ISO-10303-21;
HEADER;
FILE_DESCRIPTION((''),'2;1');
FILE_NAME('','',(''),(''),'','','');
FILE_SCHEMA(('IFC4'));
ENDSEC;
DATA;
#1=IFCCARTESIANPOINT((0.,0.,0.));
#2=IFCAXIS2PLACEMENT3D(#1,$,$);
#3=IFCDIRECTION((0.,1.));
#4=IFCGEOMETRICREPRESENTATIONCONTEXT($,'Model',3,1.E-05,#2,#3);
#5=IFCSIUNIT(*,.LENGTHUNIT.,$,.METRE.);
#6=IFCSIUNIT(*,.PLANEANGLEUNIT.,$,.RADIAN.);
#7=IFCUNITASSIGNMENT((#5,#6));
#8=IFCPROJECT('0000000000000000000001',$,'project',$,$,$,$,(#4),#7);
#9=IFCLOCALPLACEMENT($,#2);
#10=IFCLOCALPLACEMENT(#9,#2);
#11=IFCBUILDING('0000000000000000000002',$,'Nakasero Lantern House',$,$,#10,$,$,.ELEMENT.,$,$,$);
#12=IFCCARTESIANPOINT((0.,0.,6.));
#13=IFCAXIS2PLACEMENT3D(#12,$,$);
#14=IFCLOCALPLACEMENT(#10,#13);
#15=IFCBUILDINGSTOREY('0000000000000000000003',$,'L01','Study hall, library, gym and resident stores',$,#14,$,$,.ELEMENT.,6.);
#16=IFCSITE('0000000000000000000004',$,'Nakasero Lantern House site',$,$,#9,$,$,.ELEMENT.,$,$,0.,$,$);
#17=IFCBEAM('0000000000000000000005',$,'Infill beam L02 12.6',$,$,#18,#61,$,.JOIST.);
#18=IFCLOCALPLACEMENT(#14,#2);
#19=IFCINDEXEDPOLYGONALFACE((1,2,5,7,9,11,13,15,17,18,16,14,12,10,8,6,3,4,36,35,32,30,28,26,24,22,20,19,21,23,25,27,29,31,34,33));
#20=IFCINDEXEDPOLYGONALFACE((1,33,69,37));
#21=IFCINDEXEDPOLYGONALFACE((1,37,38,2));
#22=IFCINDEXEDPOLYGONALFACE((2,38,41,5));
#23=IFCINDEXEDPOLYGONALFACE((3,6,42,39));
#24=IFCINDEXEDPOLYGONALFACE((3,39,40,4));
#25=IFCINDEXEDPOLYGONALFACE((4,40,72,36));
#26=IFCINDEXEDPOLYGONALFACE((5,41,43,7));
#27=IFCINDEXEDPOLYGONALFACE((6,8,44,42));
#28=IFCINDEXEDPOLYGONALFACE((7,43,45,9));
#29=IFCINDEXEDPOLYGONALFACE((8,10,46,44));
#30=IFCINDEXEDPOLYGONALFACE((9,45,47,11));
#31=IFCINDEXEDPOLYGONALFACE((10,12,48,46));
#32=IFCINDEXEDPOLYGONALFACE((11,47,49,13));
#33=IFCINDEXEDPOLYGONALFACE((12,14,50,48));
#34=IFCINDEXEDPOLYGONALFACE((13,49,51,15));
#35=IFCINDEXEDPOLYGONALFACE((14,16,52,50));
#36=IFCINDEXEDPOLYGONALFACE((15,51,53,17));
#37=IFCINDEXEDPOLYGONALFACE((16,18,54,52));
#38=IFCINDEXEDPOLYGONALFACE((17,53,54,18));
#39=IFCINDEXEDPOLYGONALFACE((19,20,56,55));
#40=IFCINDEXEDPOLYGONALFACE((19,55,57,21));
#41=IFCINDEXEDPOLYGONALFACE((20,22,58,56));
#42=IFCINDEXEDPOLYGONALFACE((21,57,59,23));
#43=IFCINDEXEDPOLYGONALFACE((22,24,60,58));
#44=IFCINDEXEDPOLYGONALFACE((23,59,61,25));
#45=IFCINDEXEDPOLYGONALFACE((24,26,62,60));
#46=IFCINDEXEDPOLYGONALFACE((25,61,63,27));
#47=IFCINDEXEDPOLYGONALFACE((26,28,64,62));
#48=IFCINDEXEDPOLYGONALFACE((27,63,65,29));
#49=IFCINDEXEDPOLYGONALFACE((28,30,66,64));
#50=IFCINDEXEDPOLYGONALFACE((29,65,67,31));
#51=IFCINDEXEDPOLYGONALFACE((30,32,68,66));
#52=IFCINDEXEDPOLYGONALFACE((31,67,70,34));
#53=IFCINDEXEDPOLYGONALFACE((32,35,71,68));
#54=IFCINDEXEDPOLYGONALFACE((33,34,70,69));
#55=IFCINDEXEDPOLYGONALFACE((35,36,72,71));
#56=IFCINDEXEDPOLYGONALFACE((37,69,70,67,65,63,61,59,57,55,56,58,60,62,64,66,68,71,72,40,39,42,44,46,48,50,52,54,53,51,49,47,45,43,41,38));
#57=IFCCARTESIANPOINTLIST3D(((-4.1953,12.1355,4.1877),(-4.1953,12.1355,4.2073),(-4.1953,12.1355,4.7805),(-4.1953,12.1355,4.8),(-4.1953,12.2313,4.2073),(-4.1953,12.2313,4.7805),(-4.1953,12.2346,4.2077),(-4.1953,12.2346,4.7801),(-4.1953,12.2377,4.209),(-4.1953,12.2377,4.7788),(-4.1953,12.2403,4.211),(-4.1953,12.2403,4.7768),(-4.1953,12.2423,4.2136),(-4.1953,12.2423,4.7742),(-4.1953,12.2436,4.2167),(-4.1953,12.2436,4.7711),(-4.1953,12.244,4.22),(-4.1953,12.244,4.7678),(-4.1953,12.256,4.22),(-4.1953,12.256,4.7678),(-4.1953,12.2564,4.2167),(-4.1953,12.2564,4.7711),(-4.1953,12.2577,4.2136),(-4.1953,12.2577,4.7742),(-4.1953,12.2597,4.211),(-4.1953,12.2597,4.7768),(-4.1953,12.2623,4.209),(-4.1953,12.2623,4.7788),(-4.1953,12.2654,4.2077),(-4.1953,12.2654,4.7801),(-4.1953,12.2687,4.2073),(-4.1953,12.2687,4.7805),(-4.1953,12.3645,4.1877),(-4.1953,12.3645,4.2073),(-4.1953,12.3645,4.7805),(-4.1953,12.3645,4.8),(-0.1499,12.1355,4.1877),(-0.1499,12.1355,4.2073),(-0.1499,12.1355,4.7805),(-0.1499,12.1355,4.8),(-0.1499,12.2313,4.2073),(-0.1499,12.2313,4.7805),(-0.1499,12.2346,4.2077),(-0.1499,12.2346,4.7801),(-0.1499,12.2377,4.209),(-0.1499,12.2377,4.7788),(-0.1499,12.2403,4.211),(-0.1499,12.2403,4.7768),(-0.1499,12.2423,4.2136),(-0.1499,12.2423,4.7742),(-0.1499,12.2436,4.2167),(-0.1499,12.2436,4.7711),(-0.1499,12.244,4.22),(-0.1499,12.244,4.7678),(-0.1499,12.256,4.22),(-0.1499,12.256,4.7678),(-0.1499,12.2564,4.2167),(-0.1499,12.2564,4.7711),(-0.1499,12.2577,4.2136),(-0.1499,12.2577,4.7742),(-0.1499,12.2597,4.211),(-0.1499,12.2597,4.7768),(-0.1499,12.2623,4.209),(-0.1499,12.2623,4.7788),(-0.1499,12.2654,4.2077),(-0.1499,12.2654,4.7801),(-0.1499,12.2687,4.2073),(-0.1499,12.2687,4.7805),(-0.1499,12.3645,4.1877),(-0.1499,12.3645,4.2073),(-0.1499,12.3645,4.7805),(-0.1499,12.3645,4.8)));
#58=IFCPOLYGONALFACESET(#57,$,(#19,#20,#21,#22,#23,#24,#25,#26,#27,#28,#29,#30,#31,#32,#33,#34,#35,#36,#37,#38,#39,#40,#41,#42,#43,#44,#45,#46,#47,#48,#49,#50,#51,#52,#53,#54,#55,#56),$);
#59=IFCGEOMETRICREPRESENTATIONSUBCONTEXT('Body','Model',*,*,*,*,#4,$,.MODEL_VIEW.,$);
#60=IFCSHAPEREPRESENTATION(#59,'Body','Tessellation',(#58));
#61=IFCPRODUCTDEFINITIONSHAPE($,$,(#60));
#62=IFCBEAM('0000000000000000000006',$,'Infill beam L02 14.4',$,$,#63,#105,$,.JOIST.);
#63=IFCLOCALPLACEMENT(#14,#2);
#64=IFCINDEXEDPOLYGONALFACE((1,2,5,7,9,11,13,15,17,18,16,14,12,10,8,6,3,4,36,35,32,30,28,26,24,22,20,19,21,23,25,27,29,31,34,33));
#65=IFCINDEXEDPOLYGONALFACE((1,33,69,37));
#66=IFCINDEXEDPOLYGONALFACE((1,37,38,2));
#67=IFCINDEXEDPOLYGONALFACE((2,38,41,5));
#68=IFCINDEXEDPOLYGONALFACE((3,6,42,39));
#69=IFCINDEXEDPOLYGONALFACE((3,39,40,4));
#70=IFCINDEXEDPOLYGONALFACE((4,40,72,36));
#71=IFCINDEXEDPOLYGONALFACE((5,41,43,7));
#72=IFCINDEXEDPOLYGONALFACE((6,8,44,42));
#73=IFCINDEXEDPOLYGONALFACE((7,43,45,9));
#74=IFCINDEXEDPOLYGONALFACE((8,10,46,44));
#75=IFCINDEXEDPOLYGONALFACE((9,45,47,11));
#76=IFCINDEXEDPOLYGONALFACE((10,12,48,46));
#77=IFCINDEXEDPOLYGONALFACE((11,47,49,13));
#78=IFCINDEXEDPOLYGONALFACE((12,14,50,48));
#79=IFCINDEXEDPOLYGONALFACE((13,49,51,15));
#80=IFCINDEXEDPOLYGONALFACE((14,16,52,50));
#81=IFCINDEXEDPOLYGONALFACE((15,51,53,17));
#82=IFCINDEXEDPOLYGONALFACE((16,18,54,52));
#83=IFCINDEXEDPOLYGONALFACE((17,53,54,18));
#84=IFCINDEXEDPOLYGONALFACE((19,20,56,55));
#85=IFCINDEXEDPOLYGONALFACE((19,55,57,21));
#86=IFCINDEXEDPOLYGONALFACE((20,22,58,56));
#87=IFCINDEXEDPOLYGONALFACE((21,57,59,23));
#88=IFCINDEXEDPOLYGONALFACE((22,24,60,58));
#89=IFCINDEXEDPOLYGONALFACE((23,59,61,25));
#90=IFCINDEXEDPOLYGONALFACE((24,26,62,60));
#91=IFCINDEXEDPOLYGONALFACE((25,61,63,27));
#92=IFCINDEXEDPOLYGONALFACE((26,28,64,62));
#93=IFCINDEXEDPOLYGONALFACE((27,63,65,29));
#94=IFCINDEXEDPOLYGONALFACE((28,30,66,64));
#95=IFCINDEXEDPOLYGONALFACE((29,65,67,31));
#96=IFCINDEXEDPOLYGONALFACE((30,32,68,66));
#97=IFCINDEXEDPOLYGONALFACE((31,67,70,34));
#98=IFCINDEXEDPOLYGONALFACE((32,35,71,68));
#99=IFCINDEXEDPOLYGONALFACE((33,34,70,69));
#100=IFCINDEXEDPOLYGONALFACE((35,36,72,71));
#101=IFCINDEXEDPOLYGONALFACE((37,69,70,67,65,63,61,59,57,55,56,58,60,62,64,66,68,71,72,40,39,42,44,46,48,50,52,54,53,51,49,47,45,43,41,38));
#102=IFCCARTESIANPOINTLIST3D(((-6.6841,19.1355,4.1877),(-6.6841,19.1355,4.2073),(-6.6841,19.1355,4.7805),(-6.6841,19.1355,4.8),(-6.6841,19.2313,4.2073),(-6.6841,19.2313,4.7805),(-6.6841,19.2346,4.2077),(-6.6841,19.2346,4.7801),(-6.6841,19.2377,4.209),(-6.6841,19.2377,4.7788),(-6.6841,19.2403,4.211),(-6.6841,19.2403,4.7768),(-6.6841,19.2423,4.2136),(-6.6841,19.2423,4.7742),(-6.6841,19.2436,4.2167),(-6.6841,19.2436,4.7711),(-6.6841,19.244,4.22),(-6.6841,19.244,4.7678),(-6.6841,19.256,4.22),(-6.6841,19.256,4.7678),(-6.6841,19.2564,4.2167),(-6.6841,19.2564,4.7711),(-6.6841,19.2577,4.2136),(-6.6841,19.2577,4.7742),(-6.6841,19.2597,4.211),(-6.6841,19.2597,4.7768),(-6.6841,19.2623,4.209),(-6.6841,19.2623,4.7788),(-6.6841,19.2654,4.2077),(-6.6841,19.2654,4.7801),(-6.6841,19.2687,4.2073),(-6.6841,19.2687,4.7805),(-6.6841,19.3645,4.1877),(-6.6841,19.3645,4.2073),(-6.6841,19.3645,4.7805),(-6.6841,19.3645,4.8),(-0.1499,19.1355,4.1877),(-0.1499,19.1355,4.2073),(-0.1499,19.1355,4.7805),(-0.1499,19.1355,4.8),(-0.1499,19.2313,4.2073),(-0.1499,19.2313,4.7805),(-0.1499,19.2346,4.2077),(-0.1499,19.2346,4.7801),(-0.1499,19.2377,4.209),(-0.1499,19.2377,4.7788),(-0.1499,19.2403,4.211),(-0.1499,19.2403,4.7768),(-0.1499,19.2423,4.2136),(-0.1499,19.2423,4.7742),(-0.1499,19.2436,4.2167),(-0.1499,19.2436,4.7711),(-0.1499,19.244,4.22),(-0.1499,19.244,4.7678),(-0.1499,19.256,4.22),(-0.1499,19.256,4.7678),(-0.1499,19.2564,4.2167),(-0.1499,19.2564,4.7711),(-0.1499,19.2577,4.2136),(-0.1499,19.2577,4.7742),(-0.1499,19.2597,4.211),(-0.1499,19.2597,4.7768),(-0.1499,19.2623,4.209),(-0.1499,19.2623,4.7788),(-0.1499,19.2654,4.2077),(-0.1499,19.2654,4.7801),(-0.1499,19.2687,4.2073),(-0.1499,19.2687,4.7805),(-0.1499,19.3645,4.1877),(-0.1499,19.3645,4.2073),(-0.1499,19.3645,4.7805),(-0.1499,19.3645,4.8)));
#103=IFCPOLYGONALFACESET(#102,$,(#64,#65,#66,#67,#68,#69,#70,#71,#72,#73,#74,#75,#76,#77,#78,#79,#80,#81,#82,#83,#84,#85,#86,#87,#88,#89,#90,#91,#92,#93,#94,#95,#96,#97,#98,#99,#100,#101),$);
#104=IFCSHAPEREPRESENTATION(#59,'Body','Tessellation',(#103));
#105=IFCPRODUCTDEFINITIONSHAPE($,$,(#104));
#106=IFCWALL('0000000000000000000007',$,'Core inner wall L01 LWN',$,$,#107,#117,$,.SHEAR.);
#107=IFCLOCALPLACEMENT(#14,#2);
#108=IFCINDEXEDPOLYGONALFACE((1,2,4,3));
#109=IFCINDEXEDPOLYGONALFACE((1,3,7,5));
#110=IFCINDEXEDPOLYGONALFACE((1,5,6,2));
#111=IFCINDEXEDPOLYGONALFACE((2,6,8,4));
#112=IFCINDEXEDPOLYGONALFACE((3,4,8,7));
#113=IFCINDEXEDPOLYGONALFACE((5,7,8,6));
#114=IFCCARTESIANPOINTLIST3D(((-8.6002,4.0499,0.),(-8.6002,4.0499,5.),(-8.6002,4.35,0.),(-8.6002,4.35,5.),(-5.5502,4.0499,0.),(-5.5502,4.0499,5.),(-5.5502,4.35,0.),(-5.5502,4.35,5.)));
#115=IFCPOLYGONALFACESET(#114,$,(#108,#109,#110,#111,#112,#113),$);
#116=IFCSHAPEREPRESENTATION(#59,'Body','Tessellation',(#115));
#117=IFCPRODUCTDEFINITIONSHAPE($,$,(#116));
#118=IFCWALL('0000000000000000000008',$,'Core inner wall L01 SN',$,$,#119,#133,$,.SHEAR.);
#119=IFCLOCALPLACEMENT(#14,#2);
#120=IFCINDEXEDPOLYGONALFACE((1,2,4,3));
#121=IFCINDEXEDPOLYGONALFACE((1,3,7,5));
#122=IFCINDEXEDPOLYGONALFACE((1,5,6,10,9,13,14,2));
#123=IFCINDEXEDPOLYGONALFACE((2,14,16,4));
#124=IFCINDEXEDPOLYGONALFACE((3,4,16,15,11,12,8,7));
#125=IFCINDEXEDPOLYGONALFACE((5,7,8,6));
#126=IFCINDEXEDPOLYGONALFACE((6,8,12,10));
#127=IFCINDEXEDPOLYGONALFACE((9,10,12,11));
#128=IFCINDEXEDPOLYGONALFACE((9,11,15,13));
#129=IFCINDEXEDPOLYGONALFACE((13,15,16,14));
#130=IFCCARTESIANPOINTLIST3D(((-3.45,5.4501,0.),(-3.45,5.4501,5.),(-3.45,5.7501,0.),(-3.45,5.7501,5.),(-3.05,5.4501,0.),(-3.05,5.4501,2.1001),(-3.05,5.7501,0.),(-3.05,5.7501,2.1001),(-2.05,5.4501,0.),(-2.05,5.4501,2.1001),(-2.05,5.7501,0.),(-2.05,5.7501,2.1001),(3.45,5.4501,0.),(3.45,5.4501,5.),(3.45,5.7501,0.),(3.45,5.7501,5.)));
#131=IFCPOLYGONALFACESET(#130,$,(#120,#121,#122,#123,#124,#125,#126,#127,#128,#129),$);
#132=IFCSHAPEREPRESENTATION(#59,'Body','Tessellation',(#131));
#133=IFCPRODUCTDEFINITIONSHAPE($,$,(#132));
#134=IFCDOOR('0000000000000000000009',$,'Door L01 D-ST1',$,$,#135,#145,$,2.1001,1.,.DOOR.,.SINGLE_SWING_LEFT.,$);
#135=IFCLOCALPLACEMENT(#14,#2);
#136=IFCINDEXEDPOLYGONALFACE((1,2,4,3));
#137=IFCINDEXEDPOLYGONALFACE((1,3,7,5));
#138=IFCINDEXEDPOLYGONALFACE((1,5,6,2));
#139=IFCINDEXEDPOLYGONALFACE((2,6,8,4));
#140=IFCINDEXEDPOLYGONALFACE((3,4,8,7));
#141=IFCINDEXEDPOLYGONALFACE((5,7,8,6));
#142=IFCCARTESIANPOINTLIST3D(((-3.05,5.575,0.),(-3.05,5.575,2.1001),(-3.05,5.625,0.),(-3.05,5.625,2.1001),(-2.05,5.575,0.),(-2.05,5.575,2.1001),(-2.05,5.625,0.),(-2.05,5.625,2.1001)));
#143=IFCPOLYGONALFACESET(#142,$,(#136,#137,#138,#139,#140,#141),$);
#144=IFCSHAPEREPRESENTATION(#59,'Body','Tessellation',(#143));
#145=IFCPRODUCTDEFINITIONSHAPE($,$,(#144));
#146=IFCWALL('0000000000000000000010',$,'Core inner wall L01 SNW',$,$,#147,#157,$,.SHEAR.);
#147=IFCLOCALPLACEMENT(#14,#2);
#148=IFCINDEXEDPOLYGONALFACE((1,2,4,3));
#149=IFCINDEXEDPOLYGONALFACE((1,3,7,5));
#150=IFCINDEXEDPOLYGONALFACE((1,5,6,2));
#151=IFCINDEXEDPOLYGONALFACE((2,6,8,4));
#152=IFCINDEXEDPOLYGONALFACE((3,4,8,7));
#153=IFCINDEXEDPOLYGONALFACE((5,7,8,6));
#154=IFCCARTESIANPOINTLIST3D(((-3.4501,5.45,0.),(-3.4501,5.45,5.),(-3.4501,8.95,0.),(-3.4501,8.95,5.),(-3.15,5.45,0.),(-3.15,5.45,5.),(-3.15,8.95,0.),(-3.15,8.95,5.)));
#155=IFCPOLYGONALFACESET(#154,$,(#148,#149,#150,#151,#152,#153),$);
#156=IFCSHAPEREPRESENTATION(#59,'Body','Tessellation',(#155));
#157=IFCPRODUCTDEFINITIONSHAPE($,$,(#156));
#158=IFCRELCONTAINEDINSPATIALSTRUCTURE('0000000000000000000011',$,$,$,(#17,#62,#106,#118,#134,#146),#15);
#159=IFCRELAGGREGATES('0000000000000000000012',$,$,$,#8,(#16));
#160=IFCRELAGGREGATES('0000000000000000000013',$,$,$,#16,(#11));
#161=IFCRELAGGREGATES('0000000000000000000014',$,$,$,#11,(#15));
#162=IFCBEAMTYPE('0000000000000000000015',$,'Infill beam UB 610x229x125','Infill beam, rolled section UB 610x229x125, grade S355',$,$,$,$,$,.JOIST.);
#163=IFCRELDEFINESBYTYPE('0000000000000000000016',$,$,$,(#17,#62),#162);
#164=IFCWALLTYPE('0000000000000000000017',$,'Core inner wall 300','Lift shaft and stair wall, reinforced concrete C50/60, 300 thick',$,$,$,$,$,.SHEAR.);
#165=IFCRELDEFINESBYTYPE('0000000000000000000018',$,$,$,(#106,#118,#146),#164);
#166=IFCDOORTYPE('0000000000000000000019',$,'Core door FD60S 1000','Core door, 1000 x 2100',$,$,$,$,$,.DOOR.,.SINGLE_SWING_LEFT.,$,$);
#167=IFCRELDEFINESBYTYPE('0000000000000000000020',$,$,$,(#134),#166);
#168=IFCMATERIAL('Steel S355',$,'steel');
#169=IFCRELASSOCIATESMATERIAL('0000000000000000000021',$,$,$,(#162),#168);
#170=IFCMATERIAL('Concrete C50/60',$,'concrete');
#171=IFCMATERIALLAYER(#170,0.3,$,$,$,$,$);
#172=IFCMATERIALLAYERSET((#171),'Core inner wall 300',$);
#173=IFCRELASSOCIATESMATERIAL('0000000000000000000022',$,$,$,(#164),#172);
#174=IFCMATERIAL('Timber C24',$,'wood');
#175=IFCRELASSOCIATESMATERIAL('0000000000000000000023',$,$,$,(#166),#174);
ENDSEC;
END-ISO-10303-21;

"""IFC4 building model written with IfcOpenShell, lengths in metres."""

from ifc_helpers import new_model, si_unit, direction, frame, frame_2d, origin, origin_2d, place, context, subcontext, project, spatial, rectangle, i_section, extrude, material, layer, layer_set, material_profile, profile_set, type_object, element, fill, save


model = new_model("IFC4")

# Units and contexts
model_context = context("Model", 3, precision=1e-05, world=origin(), true_north=direction((0.0, 1.0)))
body_context = subcontext(model_context, "Body", "Model", "MODEL_VIEW")
ifc_project = project(units=[si_unit("LENGTHUNIT", "METRE"), si_unit("PLANEANGLEUNIT", "RADIAN")], contexts=[model_context])

# Site, building, storey
site_placement = place(None, origin())
site = spatial("IfcSite", under=ifc_project, at=site_placement, Name="Nakasero Lantern House site", CompositionType="ELEMENT", RefElevation=0.0)
building_placement = place(site_placement, origin())
building = spatial("IfcBuilding", under=site, at=building_placement, Name="Nakasero Lantern House", CompositionType="ELEMENT")
storey_placement = place(building_placement, frame((0.0, 0.0, 6.0)))
storey = spatial("IfcBuildingStorey", under=building, at=storey_placement, Name="L01", Description="Study hall, library, gym and resident stores", CompositionType="ELEMENT", Elevation=6.0)

# Beams
ifc_material_1 = material(Name="Steel S355", Category="steel")
ifc_material_profile_1 = material_profile(ifc_material_1, i_section(OverallWidth=0.229, OverallDepth=0.6123, WebThickness=0.012, FlangeThickness=0.0195, FilletRadius=0.0127, at=origin_2d()), Name="UB 610x229x125")
ifc_profile_set_1 = profile_set([ifc_material_profile_1], Name="Steel S355")
beam_type_1 = type_object("IfcBeamType", Name="Infill beam UB 610x229x125", Description="Infill beam, rolled section UB 610x229x125, grade S355", PredefinedType="JOIST", material=ifc_profile_set_1)
beam_1_placement = place(storey_placement, frame((-4.1953, 12.25, 4.4939), z_axis=(1.0, 0.0, 0.0), x_axis=(0.0, 1.0, 0.0)))
element("IfcBeam", 1, at=beam_1_placement, inside=storey, type_object=beam_type_1, Name="Infill beam L02 12.6", PredefinedType="JOIST", context=body_context, shape_type="SweptSolid", body=[
    extrude(i_section(OverallWidth=0.229, OverallDepth=0.6123, WebThickness=0.012, FlangeThickness=0.0195, FilletRadius=0.0127, at=origin_2d()), origin(), (0.0, 0.0, 1.0), 4.0454),
])
beam_2_placement = place(storey_placement, frame((-6.6841, 19.25, 4.4939), z_axis=(1.0, 0.0, 0.0), x_axis=(0.0, 1.0, 0.0)))
element("IfcBeam", 2, at=beam_2_placement, inside=storey, type_object=beam_type_1, Name="Infill beam L02 14.4", PredefinedType="JOIST", context=body_context, shape_type="SweptSolid", body=[
    extrude(i_section(OverallWidth=0.229, OverallDepth=0.6123, WebThickness=0.012, FlangeThickness=0.0195, FilletRadius=0.0127, at=origin_2d()), origin(), (0.0, 0.0, 1.0), 6.5342),
])

# Wall
ifc_material_2 = material(Name="Concrete C50/60", Category="concrete")
ifc_layer_1 = layer(ifc_material_2, 0.3)
ifc_layer_set_1 = layer_set([ifc_layer_1], Name="Core inner wall 300")
wall_type_1 = type_object("IfcWallType", Name="Core inner wall 300", Description="Lift shaft and stair wall, reinforced concrete C50/60, 300 thick", PredefinedType="SHEAR", material=ifc_layer_set_1)
wall_1_placement = place(storey_placement, frame((-8.6001, 4.2, 0.0), z_axis=(0.0, 0.0, 1.0), x_axis=(1.0, 0.0, 0.0)))
element("IfcWall", 3, at=wall_1_placement, inside=storey, type_object=wall_type_1, Name="Core inner wall L01 LWN", PredefinedType="SHEAR", context=body_context, shape_type="SweptSolid", body=[
    extrude(rectangle(XDim=3.05, YDim=0.3, at=frame_2d((1.5249, 0.0))), origin(), (0.0, 0.0, 1.0), 5.0),
])

# Wall, opening, door
wall_2_placement = place(storey_placement, frame((-3.45, 5.6001, 0.0), z_axis=(0.0, 0.0, 1.0), x_axis=(1.0, 0.0, 0.0)))
wall_2 = element("IfcWall", 4, at=wall_2_placement, inside=storey, type_object=wall_type_1, Name="Core inner wall L01 SN", PredefinedType="SHEAR", context=body_context, shape_type="SweptSolid", body=[
    extrude(rectangle(XDim=6.8999, YDim=0.3, at=frame_2d((3.45, 0.0))), origin(), (0.0, 0.0, 1.0), 5.0),
])
opening_1_placement = place(wall_2_placement, frame((0.3999, 0.0, 0.0)))
opening_1 = element("IfcOpeningElement", 5, at=opening_1_placement, cuts=wall_2, PredefinedType="OPENING", context=body_context, shape_type="SweptSolid", body=[
    extrude(rectangle(XDim=1.0, YDim=2.1001, at=frame_2d((0.5, 1.05))), frame((0.0, 0.1699, 0.0), z_axis=(0.0, -1.0, 0.0), x_axis=(1.0, 0.0, 0.0)), (0.0, 0.0, 1.0), 0.3401),
])
ifc_material_3 = material(Name="Timber C24", Category="wood")
door_type_1 = type_object("IfcDoorType", Name="Core door FD60S 1000", Description="Core door, 1000 x 2100", OperationType="SINGLE_SWING_LEFT", PredefinedType="DOOR", material=ifc_material_3)
door_1_placement = place(opening_1_placement, origin())
door_1 = element("IfcDoor", 6, at=door_1_placement, inside=storey, type_object=door_type_1, Name="Door L01 D-ST1", OperationType="SINGLE_SWING_LEFT", OverallHeight=2.1001, OverallWidth=1.0, PredefinedType="DOOR", context=body_context, shape_type="SweptSolid", body=[
    extrude(rectangle(XDim=1.0, YDim=2.1001, at=frame_2d((0.5, 1.05))), frame((0.0, 0.0249, 0.0), z_axis=(0.0, -1.0, 0.0), x_axis=(1.0, 0.0, 0.0)), (0.0, 0.0, 1.0), 0.05),
])
fill(opening_1, door_1)

# Wall
wall_3_placement = place(storey_placement, frame((-3.3, 5.45, 0.0), z_axis=(0.0, 0.0, 1.0), x_axis=(0.0, 1.0, 0.0)))
element("IfcWall", 7, at=wall_3_placement, inside=storey, type_object=wall_type_1, Name="Core inner wall L01 SNW", PredefinedType="SHEAR", context=body_context, shape_type="SweptSolid", body=[
    extrude(rectangle(XDim=3.5, YDim=0.3, at=frame_2d((1.75, 0.0))), origin(), (0.0, 0.0, 1.0), 5.0),
])

save(model, "model.ifc")
